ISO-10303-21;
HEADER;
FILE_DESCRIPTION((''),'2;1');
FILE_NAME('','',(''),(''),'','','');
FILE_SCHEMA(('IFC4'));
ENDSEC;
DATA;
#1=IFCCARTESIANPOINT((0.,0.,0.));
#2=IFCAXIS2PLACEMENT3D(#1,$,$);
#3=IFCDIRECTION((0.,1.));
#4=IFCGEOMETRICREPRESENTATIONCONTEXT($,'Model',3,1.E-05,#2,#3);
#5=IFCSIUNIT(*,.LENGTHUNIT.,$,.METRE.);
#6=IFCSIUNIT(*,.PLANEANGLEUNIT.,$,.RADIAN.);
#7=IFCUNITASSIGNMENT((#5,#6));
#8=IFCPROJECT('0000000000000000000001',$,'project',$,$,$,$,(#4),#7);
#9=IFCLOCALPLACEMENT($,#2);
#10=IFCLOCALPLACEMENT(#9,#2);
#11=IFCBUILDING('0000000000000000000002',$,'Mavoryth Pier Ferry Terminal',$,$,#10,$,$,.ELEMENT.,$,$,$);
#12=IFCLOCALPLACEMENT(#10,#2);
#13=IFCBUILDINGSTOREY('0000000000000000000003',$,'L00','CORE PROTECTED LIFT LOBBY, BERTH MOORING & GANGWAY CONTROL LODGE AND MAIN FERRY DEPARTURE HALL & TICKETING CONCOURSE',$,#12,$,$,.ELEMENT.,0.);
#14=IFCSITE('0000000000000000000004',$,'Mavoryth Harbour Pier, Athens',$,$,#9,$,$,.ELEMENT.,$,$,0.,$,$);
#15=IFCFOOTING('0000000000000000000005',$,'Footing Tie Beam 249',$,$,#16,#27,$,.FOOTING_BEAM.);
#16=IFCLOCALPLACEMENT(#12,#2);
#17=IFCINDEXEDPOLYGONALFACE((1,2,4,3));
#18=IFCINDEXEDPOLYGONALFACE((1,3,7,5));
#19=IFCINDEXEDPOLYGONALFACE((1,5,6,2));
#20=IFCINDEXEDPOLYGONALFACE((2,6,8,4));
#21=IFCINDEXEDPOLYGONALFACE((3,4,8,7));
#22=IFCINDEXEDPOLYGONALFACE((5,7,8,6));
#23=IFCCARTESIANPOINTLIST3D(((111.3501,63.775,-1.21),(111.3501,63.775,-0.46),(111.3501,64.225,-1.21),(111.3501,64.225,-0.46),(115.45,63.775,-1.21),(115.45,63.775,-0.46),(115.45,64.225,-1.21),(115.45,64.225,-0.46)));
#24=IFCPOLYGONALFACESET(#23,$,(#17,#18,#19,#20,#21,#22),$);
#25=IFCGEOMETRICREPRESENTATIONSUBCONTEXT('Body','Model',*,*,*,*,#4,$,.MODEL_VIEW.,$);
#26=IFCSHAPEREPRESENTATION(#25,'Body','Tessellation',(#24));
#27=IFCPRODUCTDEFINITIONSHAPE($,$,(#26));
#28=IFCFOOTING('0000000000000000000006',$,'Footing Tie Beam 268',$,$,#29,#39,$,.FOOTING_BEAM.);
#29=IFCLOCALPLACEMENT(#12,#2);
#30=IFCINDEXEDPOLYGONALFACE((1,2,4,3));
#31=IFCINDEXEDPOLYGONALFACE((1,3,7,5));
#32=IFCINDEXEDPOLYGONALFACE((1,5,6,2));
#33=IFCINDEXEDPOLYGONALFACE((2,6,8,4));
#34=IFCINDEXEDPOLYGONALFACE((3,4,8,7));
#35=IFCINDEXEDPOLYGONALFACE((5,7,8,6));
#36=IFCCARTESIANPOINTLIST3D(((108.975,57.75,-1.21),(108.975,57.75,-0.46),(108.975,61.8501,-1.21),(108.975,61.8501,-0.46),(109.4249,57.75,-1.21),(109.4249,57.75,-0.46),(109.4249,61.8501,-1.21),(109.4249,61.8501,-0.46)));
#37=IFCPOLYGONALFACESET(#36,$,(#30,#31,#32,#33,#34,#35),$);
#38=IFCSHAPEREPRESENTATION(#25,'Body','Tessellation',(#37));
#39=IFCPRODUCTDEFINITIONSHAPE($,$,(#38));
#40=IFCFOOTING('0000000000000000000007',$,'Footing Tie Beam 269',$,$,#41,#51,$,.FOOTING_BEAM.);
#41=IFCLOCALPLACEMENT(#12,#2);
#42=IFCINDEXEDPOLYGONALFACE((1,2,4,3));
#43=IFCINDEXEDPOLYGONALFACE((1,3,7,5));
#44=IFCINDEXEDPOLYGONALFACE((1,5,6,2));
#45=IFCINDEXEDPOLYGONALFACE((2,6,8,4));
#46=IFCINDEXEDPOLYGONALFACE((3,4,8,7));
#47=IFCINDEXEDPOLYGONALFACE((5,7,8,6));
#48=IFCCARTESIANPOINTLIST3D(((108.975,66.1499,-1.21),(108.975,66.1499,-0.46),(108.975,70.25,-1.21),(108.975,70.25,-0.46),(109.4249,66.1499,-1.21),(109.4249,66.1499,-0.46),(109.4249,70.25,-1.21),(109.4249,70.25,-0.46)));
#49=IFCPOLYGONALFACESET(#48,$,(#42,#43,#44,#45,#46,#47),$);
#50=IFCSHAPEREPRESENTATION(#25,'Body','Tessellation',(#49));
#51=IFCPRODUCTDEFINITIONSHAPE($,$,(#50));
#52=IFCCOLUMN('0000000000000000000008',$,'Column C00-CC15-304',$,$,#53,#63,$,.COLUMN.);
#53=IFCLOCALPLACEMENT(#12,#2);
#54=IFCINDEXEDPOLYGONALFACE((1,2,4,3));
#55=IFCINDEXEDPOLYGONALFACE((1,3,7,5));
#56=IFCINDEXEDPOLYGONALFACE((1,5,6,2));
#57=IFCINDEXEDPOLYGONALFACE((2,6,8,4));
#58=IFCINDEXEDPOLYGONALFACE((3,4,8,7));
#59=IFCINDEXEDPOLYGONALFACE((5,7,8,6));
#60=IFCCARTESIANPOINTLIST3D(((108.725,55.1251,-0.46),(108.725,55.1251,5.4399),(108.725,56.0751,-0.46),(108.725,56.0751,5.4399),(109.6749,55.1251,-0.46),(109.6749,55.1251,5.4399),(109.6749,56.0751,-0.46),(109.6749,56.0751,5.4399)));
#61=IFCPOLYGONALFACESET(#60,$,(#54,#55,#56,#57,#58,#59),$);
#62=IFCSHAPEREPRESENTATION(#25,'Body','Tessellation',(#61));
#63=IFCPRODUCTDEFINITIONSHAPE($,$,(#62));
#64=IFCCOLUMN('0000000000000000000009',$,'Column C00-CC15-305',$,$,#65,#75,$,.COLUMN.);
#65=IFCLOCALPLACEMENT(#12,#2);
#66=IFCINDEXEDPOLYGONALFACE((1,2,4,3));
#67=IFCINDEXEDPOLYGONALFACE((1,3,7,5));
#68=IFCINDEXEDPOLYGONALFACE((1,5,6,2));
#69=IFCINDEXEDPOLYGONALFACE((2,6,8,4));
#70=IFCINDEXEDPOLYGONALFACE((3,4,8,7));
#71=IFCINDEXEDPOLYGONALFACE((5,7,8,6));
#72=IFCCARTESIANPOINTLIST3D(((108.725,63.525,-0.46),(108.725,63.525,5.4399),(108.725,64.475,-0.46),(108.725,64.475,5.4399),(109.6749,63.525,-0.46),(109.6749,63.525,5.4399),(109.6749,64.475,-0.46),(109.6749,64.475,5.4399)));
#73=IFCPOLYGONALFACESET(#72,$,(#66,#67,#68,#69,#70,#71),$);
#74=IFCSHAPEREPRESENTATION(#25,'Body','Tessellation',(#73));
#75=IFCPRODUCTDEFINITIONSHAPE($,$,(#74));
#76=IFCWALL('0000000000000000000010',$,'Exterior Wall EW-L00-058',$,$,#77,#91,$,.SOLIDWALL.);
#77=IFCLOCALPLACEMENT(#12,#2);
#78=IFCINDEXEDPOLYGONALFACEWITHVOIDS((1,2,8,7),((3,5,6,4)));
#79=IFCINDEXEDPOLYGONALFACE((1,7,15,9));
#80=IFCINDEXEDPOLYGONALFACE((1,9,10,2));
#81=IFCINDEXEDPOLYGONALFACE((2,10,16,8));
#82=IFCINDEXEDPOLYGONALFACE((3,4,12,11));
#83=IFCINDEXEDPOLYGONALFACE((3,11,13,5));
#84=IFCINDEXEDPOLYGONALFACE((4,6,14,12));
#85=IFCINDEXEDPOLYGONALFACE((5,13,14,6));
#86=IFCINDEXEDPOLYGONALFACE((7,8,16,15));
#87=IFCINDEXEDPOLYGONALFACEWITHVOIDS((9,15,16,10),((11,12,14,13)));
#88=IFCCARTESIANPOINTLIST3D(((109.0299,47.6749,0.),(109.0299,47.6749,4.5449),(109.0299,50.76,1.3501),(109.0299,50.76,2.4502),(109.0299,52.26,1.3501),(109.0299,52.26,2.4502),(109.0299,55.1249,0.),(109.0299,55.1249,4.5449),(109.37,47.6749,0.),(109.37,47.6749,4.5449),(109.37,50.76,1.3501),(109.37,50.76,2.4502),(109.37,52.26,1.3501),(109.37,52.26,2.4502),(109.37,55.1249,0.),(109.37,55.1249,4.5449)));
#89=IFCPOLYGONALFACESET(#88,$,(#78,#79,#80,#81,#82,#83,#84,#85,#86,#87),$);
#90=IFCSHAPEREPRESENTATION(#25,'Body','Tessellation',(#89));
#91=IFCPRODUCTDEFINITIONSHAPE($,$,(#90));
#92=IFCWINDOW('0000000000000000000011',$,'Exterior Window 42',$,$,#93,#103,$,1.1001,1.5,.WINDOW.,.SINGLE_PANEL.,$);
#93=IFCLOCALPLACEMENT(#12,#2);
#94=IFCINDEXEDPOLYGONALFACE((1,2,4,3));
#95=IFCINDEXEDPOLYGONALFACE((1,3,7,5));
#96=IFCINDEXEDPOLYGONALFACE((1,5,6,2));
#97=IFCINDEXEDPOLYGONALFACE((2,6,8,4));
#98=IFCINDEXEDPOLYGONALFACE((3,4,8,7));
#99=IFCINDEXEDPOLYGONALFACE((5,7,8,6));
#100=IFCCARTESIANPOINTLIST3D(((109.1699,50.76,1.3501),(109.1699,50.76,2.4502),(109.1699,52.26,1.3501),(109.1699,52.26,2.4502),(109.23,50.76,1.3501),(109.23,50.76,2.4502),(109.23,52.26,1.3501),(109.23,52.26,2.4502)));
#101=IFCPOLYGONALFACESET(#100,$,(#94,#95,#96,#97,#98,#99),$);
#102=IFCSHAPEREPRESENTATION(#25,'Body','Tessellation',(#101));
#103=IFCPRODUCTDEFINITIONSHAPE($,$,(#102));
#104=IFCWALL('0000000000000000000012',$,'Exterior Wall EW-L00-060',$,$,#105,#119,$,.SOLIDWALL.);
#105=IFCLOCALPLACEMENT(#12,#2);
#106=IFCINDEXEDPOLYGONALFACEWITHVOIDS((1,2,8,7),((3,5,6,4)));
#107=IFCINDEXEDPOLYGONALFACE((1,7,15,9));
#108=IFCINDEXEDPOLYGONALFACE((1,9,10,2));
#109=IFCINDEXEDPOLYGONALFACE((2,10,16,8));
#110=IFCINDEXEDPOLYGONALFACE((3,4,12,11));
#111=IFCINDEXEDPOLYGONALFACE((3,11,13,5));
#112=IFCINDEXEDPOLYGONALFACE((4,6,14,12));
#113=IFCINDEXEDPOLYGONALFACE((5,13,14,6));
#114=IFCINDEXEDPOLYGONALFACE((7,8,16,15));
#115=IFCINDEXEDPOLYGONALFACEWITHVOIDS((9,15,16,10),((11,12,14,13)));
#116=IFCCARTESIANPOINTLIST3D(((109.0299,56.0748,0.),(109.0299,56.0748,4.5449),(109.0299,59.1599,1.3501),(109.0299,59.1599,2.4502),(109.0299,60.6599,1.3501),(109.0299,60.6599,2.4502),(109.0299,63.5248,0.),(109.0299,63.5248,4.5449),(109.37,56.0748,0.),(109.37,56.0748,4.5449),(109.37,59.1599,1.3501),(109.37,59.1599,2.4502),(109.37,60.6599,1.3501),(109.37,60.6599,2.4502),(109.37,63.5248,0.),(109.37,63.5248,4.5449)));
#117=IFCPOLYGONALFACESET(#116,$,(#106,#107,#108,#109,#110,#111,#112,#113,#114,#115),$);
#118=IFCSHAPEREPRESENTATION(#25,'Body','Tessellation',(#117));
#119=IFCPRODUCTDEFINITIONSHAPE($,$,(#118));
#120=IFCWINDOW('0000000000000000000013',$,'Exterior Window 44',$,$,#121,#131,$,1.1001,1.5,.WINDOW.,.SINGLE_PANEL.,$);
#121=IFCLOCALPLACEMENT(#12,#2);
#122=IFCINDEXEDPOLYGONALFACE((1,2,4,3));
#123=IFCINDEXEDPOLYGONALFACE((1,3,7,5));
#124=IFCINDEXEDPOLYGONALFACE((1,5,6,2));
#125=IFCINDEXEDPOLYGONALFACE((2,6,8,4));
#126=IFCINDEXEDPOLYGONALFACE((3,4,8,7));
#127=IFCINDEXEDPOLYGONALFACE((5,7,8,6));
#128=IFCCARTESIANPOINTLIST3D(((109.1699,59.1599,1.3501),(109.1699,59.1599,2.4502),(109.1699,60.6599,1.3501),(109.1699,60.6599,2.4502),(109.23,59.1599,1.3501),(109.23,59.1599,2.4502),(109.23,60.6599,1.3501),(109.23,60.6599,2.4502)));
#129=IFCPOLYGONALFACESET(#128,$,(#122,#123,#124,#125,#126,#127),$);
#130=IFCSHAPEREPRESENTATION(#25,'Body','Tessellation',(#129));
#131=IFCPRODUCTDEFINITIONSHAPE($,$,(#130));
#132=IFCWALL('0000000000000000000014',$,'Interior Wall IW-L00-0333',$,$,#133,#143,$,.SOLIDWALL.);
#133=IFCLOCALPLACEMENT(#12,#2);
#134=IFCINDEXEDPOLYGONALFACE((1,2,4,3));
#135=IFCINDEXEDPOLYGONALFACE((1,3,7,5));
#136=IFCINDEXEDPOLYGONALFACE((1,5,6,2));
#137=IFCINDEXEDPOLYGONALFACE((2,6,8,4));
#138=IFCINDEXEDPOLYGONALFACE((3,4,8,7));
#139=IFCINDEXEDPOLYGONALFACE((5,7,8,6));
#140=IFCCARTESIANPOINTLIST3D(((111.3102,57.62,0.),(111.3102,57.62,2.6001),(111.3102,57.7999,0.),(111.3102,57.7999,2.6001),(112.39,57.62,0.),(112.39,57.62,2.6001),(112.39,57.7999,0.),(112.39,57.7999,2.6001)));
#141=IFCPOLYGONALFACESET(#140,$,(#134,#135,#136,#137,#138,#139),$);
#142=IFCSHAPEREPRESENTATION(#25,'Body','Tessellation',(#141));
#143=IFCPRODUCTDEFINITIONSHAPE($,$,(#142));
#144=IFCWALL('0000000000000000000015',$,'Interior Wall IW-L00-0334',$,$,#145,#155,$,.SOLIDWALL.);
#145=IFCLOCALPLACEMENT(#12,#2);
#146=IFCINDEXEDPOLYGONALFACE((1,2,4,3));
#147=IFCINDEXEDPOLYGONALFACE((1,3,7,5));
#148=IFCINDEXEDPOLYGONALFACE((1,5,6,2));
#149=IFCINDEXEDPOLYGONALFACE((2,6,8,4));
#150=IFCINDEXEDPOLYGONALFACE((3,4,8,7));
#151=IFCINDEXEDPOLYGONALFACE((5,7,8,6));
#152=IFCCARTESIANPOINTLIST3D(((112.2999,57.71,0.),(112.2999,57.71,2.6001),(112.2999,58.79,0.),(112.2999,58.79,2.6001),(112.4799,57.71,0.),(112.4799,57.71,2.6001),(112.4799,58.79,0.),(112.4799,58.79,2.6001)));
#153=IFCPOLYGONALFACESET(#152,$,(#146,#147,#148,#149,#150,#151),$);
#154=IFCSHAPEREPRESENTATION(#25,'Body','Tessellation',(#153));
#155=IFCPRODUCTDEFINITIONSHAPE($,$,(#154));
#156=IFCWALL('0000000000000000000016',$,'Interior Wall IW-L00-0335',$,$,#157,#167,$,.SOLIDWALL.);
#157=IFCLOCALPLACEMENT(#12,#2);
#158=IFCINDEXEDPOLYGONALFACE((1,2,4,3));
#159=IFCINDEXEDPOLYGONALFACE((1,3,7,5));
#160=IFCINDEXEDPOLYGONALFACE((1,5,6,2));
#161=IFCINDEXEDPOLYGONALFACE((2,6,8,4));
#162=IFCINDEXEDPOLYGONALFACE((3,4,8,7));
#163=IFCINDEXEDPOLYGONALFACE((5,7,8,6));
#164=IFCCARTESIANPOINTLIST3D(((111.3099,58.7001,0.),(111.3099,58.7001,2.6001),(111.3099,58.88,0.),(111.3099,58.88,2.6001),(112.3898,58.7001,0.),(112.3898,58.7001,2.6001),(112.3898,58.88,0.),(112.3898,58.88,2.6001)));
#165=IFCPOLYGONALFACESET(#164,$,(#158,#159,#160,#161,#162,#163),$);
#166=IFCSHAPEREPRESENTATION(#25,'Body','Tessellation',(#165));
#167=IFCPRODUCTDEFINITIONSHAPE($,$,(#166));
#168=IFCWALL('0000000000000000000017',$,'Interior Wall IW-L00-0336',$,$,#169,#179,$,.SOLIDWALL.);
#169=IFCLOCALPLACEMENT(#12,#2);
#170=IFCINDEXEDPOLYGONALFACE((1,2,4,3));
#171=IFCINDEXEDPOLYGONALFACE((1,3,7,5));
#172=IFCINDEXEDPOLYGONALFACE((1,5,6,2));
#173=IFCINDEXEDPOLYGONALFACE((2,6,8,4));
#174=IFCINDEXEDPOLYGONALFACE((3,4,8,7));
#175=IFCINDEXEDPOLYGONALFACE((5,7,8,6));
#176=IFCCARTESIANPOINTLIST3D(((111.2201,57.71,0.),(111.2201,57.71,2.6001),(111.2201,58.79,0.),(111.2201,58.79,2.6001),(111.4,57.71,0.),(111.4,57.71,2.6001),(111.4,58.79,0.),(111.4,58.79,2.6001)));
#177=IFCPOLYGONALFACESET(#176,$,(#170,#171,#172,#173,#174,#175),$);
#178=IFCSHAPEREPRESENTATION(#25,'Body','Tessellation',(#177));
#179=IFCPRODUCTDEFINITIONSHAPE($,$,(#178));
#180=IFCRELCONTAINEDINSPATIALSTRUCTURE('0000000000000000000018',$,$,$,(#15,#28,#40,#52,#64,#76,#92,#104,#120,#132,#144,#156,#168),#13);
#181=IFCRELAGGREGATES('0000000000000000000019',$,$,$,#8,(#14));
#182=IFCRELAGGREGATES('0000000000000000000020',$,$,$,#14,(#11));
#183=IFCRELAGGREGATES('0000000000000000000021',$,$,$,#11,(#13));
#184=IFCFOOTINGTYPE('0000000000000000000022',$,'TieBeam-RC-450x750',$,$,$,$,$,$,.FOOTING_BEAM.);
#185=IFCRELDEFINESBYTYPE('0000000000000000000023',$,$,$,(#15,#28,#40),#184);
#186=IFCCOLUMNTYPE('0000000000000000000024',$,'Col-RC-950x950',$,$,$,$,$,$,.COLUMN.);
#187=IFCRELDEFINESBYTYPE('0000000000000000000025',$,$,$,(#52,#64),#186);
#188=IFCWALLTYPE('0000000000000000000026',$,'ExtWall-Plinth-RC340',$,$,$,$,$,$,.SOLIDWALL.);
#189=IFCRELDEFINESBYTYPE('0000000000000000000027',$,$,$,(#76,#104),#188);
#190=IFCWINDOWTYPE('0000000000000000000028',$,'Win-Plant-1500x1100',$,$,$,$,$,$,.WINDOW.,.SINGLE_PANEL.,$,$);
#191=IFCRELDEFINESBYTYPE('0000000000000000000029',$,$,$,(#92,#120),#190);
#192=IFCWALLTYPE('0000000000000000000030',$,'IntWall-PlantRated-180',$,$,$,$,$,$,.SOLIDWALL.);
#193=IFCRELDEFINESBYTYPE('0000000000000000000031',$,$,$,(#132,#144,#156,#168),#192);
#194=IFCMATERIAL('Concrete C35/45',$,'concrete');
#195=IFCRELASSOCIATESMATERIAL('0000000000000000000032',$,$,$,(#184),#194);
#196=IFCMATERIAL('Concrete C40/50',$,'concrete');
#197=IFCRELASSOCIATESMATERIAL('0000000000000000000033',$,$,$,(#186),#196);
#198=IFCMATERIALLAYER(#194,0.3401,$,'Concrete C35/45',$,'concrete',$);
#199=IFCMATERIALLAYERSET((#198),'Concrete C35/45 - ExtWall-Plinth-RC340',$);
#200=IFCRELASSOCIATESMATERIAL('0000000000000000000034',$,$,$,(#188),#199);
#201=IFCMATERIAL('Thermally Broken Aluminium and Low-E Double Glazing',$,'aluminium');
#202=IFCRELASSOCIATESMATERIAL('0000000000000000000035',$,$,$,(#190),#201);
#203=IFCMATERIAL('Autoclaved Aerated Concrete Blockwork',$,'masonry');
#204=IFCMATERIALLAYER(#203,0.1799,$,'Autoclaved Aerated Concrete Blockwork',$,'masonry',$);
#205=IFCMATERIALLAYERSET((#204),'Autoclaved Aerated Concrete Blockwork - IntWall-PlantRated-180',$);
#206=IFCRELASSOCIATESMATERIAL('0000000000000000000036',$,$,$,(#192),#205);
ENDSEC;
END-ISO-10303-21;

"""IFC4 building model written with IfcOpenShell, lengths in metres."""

from ifc_helpers import new_model, si_unit, direction, frame, frame_2d, origin, origin_2d, place, context, subcontext, project, spatial, rectangle, extrude, material, layer, layer_set, material_profile, profile_set, type_object, element, fill, save


model = new_model("IFC4")

# Units and contexts
model_context = context("Model", 3, precision=1e-05, world=origin(), true_north=direction((0.0, 1.0)))
body_context = subcontext(model_context, "Body", "Model", "MODEL_VIEW")
ifc_project = project(units=[si_unit("LENGTHUNIT", "METRE"), si_unit("PLANEANGLEUNIT", "RADIAN")], contexts=[model_context])

# Site, building, storey
site_placement = place(None, origin())
site = spatial("IfcSite", under=ifc_project, at=site_placement, Name="Mavoryth Harbour Pier, Athens", CompositionType="ELEMENT", RefElevation=0.0)
building_placement = place(site_placement, origin())
building = spatial("IfcBuilding", under=site, at=building_placement, Name="Mavoryth Pier Ferry Terminal", CompositionType="ELEMENT")
storey_placement = place(building_placement, origin())
storey = spatial("IfcBuildingStorey", under=building, at=storey_placement, Name="L00", Description="CORE PROTECTED LIFT LOBBY, BERTH MOORING & GANGWAY CONTROL LODGE AND MAIN FERRY DEPARTURE HALL & TICKETING CONCOURSE", CompositionType="ELEMENT", Elevation=0.0)

# Shared definitions
ifc_material_1 = material(Name="Concrete C35/45", Category="concrete")

# Footings
ifc_material_profile_1 = material_profile(ifc_material_1, rectangle(XDim=0.45, YDim=0.75, at=origin_2d()), Name="RC 450x750", Category="concrete")
ifc_profile_set_1 = profile_set([ifc_material_profile_1], Name="Concrete C35/45 - RC 450x750")
footing_type_1 = type_object("IfcFootingType", Name="TieBeam-RC-450x750", PredefinedType="FOOTING_BEAM", material=ifc_profile_set_1)
for number, where, z_axis, x_axis, name in (
    (1, (111.3501, 64.0, -0.835), (1.0, 0.0, 0.0), (0.0, 1.0, 0.0), "Footing Tie Beam 249"),
):
    element("IfcFooting", number, at=place(storey_placement, frame(where, z_axis=z_axis, x_axis=x_axis)), inside=storey, type_object=footing_type_1, Name=name, PredefinedType="FOOTING_BEAM", context=body_context, shape_type="SweptSolid", body=[
        extrude(rectangle(XDim=0.45, YDim=0.75, at=origin_2d()), origin(), (0.0, 0.0, 1.0), 4.0999),
    ])
for number, where, z_axis, x_axis, name in (
    (2, (109.2, 57.75, -0.835), (0.0, 1.0, 0.0), (-1.0, 0.0, 0.0), "Footing Tie Beam 268"),
    (3, (109.2, 66.1499, -0.835), (0.0, 1.0, 0.0), (-1.0, 0.0, 0.0), "Footing Tie Beam 269"),
):
    element("IfcFooting", number, at=place(storey_placement, frame(where, z_axis=z_axis, x_axis=x_axis)), inside=storey, type_object=footing_type_1, Name=name, PredefinedType="FOOTING_BEAM", context=body_context, shape_type="SweptSolid", body=[
        extrude(rectangle(XDim=0.45, YDim=0.75, at=origin_2d()), origin(), (0.0, 0.0, 1.0), 4.1001),
    ])

# Columns
ifc_material_2 = material(Name="Concrete C40/50", Category="concrete")
ifc_material_profile_2 = material_profile(ifc_material_2, rectangle(XDim=0.95, YDim=0.95, at=origin_2d()), Name="RC 950x950", Category="concrete")
ifc_profile_set_2 = profile_set([ifc_material_profile_2], Name="Concrete C40/50 - RC 950x950")
column_type = type_object("IfcColumnType", Name="Col-RC-950x950", PredefinedType="COLUMN", material=ifc_profile_set_2)
for number, where, z_axis, x_axis, name in (
    (4, (109.2, 55.6001, -0.46), (0.0, 0.0, 1.0), (1.0, 0.0, 0.0), "Column C00-CC15-304"),
    (5, (109.2, 64.0, -0.46), (0.0, 0.0, 1.0), (1.0, 0.0, 0.0), "Column C00-CC15-305"),
):
    element("IfcColumn", number, at=place(storey_placement, frame(where, z_axis=z_axis, x_axis=x_axis)), inside=storey, type_object=column_type, Name=name, PredefinedType="COLUMN", context=body_context, shape_type="SweptSolid", body=[
        extrude(rectangle(XDim=0.95, YDim=0.95, at=origin_2d()), origin(), (0.0, 0.0, 1.0), 5.8999),
    ])

# Walls, openings, windows
ifc_layer_1 = layer(ifc_material_1, 0.3401, Name="Concrete C35/45", Category="concrete")
ifc_layer_set_1 = layer_set([ifc_layer_1], Name="Concrete C35/45 - ExtWall-Plinth-RC340")
wall_type_1 = type_object("IfcWallType", Name="ExtWall-Plinth-RC340", PredefinedType="SOLIDWALL", material=ifc_layer_set_1)
wall_1_placement = place(storey_placement, frame((109.2, 55.125, 0.0), z_axis=(0.0, 0.0, 1.0), x_axis=(0.0, -1.0, 0.0)))
wall_1 = element("IfcWall", 6, at=wall_1_placement, inside=storey, type_object=wall_type_1, Name="Exterior Wall EW-L00-058", PredefinedType="SOLIDWALL", context=body_context, shape_type="SweptSolid", body=[
    extrude(rectangle(XDim=7.45, YDim=0.3401, at=frame_2d((3.7251, 0.0))), origin(), (0.0, 0.0, 1.0), 4.5449),
])
opening_1_placement = place(wall_1_placement, frame((2.865, 0.0, 1.3501)))
opening_1 = element("IfcOpeningElement", 7, at=opening_1_placement, cuts=wall_1, PredefinedType="OPENING", context=body_context, shape_type="SweptSolid", body=[
    extrude(rectangle(XDim=1.5, YDim=1.1001, at=frame_2d((0.75, 0.55))), frame((0.0, 0.1799, 0.0), z_axis=(0.0, -1.0, 0.0), x_axis=(1.0, 0.0, 0.0)), (0.0, 0.0, 1.0), 0.3601),
])
ifc_material_3 = material(Name="Thermally Broken Aluminium and Low-E Double Glazing", Category="aluminium")
window_type = type_object("IfcWindowType", Name="Win-Plant-1500x1100", PartitioningType="SINGLE_PANEL", PredefinedType="WINDOW", material=ifc_material_3)
window_1_placement = place(opening_1_placement, origin())
window_1 = element("IfcWindow", 8, at=window_1_placement, inside=storey, type_object=window_type, Name="Exterior Window 42", OverallHeight=1.1001, OverallWidth=1.5, PartitioningType="SINGLE_PANEL", PredefinedType="WINDOW", context=body_context, shape_type="SweptSolid", body=[
    extrude(rectangle(XDim=1.5, YDim=1.1001, at=frame_2d((0.75, 0.55))), frame((0.0, 0.03, 0.0), z_axis=(0.0, -1.0, 0.0), x_axis=(1.0, 0.0, 0.0)), (0.0, 0.0, 1.0), 0.0601),
])
fill(opening_1, window_1)
wall_2_placement = place(storey_placement, frame((109.2, 63.5249, 0.0), z_axis=(0.0, 0.0, 1.0), x_axis=(0.0, -1.0, 0.0)))
wall_2 = element("IfcWall", 9, at=wall_2_placement, inside=storey, type_object=wall_type_1, Name="Exterior Wall EW-L00-060", PredefinedType="SOLIDWALL", context=body_context, shape_type="SweptSolid", body=[
    extrude(rectangle(XDim=7.45, YDim=0.3401, at=frame_2d((3.7251, 0.0))), origin(), (0.0, 0.0, 1.0), 4.5449),
])
opening_2_placement = place(wall_2_placement, frame((2.865, 0.0, 1.3501)))
opening_2 = element("IfcOpeningElement", 10, at=opening_2_placement, cuts=wall_2, PredefinedType="OPENING", context=body_context, shape_type="SweptSolid", body=[
    extrude(rectangle(XDim=1.5, YDim=1.1001, at=frame_2d((0.75, 0.55))), frame((0.0, 0.1799, 0.0), z_axis=(0.0, -1.0, 0.0), x_axis=(1.0, 0.0, 0.0)), (0.0, 0.0, 1.0), 0.3601),
])
window_2_placement = place(opening_2_placement, origin())
window_2 = element("IfcWindow", 11, at=window_2_placement, inside=storey, type_object=window_type, Name="Exterior Window 44", OverallHeight=1.1001, OverallWidth=1.5, PartitioningType="SINGLE_PANEL", PredefinedType="WINDOW", context=body_context, shape_type="SweptSolid", body=[
    extrude(rectangle(XDim=1.5, YDim=1.1001, at=frame_2d((0.75, 0.55))), frame((0.0, 0.03, 0.0), z_axis=(0.0, -1.0, 0.0), x_axis=(1.0, 0.0, 0.0)), (0.0, 0.0, 1.0), 0.0601),
])
fill(opening_2, window_2)

# Walls
ifc_material_4 = material(Name="Autoclaved Aerated Concrete Blockwork", Category="masonry")
ifc_layer_2 = layer(ifc_material_4, 0.1799, Name="Autoclaved Aerated Concrete Blockwork", Category="masonry")
ifc_layer_set_2 = layer_set([ifc_layer_2], Name="Autoclaved Aerated Concrete Blockwork - IntWall-PlantRated-180")
wall_type_2 = type_object("IfcWallType", Name="IntWall-PlantRated-180", PredefinedType="SOLIDWALL", material=ifc_layer_set_2)
wall_3_placement = place(storey_placement, frame((111.3101, 57.71, 0.0), z_axis=(0.0, 0.0, 1.0), x_axis=(1.0, 0.0, 0.0)))
element("IfcWall", 12, at=wall_3_placement, inside=storey, type_object=wall_type_2, Name="Interior Wall IW-L00-0333", PredefinedType="SOLIDWALL", context=body_context, shape_type="SweptSolid", body=[
    extrude(rectangle(XDim=1.0798, YDim=0.1799, at=frame_2d((0.54, 0.0))), origin(), (0.0, 0.0, 1.0), 2.6001),
])
wall_4_placement = place(storey_placement, frame((112.3899, 57.71, 0.0), z_axis=(0.0, 0.0, 1.0), x_axis=(0.0, 1.0, 0.0)))
element("IfcWall", 13, at=wall_4_placement, inside=storey, type_object=wall_type_2, Name="Interior Wall IW-L00-0334", PredefinedType="SOLIDWALL", context=body_context, shape_type="SweptSolid", body=[
    extrude(rectangle(XDim=1.0801, YDim=0.1799, at=frame_2d((0.54, 0.0))), origin(), (0.0, 0.0, 1.0), 2.6001),
])
wall_5_placement = place(storey_placement, frame((112.3899, 58.79, 0.0), z_axis=(0.0, 0.0, 1.0), x_axis=(-1.0, 0.0, 0.0)))
element("IfcWall", 14, at=wall_5_placement, inside=storey, type_object=wall_type_2, Name="Interior Wall IW-L00-0335", PredefinedType="SOLIDWALL", context=body_context, shape_type="SweptSolid", body=[
    extrude(rectangle(XDim=1.0798, YDim=0.1799, at=frame_2d((0.54, 0.0))), origin(), (0.0, 0.0, 1.0), 2.6001),
])
wall_6_placement = place(storey_placement, frame((111.3101, 58.79, 0.0), z_axis=(0.0, 0.0, 1.0), x_axis=(0.0, -1.0, 0.0)))
element("IfcWall", 15, at=wall_6_placement, inside=storey, type_object=wall_type_2, Name="Interior Wall IW-L00-0336", PredefinedType="SOLIDWALL", context=body_context, shape_type="SweptSolid", body=[
    extrude(rectangle(XDim=1.0801, YDim=0.1799, at=frame_2d((0.54, 0.0))), origin(), (0.0, 0.0, 1.0), 2.6001),
])

save(model, "model.ifc")
